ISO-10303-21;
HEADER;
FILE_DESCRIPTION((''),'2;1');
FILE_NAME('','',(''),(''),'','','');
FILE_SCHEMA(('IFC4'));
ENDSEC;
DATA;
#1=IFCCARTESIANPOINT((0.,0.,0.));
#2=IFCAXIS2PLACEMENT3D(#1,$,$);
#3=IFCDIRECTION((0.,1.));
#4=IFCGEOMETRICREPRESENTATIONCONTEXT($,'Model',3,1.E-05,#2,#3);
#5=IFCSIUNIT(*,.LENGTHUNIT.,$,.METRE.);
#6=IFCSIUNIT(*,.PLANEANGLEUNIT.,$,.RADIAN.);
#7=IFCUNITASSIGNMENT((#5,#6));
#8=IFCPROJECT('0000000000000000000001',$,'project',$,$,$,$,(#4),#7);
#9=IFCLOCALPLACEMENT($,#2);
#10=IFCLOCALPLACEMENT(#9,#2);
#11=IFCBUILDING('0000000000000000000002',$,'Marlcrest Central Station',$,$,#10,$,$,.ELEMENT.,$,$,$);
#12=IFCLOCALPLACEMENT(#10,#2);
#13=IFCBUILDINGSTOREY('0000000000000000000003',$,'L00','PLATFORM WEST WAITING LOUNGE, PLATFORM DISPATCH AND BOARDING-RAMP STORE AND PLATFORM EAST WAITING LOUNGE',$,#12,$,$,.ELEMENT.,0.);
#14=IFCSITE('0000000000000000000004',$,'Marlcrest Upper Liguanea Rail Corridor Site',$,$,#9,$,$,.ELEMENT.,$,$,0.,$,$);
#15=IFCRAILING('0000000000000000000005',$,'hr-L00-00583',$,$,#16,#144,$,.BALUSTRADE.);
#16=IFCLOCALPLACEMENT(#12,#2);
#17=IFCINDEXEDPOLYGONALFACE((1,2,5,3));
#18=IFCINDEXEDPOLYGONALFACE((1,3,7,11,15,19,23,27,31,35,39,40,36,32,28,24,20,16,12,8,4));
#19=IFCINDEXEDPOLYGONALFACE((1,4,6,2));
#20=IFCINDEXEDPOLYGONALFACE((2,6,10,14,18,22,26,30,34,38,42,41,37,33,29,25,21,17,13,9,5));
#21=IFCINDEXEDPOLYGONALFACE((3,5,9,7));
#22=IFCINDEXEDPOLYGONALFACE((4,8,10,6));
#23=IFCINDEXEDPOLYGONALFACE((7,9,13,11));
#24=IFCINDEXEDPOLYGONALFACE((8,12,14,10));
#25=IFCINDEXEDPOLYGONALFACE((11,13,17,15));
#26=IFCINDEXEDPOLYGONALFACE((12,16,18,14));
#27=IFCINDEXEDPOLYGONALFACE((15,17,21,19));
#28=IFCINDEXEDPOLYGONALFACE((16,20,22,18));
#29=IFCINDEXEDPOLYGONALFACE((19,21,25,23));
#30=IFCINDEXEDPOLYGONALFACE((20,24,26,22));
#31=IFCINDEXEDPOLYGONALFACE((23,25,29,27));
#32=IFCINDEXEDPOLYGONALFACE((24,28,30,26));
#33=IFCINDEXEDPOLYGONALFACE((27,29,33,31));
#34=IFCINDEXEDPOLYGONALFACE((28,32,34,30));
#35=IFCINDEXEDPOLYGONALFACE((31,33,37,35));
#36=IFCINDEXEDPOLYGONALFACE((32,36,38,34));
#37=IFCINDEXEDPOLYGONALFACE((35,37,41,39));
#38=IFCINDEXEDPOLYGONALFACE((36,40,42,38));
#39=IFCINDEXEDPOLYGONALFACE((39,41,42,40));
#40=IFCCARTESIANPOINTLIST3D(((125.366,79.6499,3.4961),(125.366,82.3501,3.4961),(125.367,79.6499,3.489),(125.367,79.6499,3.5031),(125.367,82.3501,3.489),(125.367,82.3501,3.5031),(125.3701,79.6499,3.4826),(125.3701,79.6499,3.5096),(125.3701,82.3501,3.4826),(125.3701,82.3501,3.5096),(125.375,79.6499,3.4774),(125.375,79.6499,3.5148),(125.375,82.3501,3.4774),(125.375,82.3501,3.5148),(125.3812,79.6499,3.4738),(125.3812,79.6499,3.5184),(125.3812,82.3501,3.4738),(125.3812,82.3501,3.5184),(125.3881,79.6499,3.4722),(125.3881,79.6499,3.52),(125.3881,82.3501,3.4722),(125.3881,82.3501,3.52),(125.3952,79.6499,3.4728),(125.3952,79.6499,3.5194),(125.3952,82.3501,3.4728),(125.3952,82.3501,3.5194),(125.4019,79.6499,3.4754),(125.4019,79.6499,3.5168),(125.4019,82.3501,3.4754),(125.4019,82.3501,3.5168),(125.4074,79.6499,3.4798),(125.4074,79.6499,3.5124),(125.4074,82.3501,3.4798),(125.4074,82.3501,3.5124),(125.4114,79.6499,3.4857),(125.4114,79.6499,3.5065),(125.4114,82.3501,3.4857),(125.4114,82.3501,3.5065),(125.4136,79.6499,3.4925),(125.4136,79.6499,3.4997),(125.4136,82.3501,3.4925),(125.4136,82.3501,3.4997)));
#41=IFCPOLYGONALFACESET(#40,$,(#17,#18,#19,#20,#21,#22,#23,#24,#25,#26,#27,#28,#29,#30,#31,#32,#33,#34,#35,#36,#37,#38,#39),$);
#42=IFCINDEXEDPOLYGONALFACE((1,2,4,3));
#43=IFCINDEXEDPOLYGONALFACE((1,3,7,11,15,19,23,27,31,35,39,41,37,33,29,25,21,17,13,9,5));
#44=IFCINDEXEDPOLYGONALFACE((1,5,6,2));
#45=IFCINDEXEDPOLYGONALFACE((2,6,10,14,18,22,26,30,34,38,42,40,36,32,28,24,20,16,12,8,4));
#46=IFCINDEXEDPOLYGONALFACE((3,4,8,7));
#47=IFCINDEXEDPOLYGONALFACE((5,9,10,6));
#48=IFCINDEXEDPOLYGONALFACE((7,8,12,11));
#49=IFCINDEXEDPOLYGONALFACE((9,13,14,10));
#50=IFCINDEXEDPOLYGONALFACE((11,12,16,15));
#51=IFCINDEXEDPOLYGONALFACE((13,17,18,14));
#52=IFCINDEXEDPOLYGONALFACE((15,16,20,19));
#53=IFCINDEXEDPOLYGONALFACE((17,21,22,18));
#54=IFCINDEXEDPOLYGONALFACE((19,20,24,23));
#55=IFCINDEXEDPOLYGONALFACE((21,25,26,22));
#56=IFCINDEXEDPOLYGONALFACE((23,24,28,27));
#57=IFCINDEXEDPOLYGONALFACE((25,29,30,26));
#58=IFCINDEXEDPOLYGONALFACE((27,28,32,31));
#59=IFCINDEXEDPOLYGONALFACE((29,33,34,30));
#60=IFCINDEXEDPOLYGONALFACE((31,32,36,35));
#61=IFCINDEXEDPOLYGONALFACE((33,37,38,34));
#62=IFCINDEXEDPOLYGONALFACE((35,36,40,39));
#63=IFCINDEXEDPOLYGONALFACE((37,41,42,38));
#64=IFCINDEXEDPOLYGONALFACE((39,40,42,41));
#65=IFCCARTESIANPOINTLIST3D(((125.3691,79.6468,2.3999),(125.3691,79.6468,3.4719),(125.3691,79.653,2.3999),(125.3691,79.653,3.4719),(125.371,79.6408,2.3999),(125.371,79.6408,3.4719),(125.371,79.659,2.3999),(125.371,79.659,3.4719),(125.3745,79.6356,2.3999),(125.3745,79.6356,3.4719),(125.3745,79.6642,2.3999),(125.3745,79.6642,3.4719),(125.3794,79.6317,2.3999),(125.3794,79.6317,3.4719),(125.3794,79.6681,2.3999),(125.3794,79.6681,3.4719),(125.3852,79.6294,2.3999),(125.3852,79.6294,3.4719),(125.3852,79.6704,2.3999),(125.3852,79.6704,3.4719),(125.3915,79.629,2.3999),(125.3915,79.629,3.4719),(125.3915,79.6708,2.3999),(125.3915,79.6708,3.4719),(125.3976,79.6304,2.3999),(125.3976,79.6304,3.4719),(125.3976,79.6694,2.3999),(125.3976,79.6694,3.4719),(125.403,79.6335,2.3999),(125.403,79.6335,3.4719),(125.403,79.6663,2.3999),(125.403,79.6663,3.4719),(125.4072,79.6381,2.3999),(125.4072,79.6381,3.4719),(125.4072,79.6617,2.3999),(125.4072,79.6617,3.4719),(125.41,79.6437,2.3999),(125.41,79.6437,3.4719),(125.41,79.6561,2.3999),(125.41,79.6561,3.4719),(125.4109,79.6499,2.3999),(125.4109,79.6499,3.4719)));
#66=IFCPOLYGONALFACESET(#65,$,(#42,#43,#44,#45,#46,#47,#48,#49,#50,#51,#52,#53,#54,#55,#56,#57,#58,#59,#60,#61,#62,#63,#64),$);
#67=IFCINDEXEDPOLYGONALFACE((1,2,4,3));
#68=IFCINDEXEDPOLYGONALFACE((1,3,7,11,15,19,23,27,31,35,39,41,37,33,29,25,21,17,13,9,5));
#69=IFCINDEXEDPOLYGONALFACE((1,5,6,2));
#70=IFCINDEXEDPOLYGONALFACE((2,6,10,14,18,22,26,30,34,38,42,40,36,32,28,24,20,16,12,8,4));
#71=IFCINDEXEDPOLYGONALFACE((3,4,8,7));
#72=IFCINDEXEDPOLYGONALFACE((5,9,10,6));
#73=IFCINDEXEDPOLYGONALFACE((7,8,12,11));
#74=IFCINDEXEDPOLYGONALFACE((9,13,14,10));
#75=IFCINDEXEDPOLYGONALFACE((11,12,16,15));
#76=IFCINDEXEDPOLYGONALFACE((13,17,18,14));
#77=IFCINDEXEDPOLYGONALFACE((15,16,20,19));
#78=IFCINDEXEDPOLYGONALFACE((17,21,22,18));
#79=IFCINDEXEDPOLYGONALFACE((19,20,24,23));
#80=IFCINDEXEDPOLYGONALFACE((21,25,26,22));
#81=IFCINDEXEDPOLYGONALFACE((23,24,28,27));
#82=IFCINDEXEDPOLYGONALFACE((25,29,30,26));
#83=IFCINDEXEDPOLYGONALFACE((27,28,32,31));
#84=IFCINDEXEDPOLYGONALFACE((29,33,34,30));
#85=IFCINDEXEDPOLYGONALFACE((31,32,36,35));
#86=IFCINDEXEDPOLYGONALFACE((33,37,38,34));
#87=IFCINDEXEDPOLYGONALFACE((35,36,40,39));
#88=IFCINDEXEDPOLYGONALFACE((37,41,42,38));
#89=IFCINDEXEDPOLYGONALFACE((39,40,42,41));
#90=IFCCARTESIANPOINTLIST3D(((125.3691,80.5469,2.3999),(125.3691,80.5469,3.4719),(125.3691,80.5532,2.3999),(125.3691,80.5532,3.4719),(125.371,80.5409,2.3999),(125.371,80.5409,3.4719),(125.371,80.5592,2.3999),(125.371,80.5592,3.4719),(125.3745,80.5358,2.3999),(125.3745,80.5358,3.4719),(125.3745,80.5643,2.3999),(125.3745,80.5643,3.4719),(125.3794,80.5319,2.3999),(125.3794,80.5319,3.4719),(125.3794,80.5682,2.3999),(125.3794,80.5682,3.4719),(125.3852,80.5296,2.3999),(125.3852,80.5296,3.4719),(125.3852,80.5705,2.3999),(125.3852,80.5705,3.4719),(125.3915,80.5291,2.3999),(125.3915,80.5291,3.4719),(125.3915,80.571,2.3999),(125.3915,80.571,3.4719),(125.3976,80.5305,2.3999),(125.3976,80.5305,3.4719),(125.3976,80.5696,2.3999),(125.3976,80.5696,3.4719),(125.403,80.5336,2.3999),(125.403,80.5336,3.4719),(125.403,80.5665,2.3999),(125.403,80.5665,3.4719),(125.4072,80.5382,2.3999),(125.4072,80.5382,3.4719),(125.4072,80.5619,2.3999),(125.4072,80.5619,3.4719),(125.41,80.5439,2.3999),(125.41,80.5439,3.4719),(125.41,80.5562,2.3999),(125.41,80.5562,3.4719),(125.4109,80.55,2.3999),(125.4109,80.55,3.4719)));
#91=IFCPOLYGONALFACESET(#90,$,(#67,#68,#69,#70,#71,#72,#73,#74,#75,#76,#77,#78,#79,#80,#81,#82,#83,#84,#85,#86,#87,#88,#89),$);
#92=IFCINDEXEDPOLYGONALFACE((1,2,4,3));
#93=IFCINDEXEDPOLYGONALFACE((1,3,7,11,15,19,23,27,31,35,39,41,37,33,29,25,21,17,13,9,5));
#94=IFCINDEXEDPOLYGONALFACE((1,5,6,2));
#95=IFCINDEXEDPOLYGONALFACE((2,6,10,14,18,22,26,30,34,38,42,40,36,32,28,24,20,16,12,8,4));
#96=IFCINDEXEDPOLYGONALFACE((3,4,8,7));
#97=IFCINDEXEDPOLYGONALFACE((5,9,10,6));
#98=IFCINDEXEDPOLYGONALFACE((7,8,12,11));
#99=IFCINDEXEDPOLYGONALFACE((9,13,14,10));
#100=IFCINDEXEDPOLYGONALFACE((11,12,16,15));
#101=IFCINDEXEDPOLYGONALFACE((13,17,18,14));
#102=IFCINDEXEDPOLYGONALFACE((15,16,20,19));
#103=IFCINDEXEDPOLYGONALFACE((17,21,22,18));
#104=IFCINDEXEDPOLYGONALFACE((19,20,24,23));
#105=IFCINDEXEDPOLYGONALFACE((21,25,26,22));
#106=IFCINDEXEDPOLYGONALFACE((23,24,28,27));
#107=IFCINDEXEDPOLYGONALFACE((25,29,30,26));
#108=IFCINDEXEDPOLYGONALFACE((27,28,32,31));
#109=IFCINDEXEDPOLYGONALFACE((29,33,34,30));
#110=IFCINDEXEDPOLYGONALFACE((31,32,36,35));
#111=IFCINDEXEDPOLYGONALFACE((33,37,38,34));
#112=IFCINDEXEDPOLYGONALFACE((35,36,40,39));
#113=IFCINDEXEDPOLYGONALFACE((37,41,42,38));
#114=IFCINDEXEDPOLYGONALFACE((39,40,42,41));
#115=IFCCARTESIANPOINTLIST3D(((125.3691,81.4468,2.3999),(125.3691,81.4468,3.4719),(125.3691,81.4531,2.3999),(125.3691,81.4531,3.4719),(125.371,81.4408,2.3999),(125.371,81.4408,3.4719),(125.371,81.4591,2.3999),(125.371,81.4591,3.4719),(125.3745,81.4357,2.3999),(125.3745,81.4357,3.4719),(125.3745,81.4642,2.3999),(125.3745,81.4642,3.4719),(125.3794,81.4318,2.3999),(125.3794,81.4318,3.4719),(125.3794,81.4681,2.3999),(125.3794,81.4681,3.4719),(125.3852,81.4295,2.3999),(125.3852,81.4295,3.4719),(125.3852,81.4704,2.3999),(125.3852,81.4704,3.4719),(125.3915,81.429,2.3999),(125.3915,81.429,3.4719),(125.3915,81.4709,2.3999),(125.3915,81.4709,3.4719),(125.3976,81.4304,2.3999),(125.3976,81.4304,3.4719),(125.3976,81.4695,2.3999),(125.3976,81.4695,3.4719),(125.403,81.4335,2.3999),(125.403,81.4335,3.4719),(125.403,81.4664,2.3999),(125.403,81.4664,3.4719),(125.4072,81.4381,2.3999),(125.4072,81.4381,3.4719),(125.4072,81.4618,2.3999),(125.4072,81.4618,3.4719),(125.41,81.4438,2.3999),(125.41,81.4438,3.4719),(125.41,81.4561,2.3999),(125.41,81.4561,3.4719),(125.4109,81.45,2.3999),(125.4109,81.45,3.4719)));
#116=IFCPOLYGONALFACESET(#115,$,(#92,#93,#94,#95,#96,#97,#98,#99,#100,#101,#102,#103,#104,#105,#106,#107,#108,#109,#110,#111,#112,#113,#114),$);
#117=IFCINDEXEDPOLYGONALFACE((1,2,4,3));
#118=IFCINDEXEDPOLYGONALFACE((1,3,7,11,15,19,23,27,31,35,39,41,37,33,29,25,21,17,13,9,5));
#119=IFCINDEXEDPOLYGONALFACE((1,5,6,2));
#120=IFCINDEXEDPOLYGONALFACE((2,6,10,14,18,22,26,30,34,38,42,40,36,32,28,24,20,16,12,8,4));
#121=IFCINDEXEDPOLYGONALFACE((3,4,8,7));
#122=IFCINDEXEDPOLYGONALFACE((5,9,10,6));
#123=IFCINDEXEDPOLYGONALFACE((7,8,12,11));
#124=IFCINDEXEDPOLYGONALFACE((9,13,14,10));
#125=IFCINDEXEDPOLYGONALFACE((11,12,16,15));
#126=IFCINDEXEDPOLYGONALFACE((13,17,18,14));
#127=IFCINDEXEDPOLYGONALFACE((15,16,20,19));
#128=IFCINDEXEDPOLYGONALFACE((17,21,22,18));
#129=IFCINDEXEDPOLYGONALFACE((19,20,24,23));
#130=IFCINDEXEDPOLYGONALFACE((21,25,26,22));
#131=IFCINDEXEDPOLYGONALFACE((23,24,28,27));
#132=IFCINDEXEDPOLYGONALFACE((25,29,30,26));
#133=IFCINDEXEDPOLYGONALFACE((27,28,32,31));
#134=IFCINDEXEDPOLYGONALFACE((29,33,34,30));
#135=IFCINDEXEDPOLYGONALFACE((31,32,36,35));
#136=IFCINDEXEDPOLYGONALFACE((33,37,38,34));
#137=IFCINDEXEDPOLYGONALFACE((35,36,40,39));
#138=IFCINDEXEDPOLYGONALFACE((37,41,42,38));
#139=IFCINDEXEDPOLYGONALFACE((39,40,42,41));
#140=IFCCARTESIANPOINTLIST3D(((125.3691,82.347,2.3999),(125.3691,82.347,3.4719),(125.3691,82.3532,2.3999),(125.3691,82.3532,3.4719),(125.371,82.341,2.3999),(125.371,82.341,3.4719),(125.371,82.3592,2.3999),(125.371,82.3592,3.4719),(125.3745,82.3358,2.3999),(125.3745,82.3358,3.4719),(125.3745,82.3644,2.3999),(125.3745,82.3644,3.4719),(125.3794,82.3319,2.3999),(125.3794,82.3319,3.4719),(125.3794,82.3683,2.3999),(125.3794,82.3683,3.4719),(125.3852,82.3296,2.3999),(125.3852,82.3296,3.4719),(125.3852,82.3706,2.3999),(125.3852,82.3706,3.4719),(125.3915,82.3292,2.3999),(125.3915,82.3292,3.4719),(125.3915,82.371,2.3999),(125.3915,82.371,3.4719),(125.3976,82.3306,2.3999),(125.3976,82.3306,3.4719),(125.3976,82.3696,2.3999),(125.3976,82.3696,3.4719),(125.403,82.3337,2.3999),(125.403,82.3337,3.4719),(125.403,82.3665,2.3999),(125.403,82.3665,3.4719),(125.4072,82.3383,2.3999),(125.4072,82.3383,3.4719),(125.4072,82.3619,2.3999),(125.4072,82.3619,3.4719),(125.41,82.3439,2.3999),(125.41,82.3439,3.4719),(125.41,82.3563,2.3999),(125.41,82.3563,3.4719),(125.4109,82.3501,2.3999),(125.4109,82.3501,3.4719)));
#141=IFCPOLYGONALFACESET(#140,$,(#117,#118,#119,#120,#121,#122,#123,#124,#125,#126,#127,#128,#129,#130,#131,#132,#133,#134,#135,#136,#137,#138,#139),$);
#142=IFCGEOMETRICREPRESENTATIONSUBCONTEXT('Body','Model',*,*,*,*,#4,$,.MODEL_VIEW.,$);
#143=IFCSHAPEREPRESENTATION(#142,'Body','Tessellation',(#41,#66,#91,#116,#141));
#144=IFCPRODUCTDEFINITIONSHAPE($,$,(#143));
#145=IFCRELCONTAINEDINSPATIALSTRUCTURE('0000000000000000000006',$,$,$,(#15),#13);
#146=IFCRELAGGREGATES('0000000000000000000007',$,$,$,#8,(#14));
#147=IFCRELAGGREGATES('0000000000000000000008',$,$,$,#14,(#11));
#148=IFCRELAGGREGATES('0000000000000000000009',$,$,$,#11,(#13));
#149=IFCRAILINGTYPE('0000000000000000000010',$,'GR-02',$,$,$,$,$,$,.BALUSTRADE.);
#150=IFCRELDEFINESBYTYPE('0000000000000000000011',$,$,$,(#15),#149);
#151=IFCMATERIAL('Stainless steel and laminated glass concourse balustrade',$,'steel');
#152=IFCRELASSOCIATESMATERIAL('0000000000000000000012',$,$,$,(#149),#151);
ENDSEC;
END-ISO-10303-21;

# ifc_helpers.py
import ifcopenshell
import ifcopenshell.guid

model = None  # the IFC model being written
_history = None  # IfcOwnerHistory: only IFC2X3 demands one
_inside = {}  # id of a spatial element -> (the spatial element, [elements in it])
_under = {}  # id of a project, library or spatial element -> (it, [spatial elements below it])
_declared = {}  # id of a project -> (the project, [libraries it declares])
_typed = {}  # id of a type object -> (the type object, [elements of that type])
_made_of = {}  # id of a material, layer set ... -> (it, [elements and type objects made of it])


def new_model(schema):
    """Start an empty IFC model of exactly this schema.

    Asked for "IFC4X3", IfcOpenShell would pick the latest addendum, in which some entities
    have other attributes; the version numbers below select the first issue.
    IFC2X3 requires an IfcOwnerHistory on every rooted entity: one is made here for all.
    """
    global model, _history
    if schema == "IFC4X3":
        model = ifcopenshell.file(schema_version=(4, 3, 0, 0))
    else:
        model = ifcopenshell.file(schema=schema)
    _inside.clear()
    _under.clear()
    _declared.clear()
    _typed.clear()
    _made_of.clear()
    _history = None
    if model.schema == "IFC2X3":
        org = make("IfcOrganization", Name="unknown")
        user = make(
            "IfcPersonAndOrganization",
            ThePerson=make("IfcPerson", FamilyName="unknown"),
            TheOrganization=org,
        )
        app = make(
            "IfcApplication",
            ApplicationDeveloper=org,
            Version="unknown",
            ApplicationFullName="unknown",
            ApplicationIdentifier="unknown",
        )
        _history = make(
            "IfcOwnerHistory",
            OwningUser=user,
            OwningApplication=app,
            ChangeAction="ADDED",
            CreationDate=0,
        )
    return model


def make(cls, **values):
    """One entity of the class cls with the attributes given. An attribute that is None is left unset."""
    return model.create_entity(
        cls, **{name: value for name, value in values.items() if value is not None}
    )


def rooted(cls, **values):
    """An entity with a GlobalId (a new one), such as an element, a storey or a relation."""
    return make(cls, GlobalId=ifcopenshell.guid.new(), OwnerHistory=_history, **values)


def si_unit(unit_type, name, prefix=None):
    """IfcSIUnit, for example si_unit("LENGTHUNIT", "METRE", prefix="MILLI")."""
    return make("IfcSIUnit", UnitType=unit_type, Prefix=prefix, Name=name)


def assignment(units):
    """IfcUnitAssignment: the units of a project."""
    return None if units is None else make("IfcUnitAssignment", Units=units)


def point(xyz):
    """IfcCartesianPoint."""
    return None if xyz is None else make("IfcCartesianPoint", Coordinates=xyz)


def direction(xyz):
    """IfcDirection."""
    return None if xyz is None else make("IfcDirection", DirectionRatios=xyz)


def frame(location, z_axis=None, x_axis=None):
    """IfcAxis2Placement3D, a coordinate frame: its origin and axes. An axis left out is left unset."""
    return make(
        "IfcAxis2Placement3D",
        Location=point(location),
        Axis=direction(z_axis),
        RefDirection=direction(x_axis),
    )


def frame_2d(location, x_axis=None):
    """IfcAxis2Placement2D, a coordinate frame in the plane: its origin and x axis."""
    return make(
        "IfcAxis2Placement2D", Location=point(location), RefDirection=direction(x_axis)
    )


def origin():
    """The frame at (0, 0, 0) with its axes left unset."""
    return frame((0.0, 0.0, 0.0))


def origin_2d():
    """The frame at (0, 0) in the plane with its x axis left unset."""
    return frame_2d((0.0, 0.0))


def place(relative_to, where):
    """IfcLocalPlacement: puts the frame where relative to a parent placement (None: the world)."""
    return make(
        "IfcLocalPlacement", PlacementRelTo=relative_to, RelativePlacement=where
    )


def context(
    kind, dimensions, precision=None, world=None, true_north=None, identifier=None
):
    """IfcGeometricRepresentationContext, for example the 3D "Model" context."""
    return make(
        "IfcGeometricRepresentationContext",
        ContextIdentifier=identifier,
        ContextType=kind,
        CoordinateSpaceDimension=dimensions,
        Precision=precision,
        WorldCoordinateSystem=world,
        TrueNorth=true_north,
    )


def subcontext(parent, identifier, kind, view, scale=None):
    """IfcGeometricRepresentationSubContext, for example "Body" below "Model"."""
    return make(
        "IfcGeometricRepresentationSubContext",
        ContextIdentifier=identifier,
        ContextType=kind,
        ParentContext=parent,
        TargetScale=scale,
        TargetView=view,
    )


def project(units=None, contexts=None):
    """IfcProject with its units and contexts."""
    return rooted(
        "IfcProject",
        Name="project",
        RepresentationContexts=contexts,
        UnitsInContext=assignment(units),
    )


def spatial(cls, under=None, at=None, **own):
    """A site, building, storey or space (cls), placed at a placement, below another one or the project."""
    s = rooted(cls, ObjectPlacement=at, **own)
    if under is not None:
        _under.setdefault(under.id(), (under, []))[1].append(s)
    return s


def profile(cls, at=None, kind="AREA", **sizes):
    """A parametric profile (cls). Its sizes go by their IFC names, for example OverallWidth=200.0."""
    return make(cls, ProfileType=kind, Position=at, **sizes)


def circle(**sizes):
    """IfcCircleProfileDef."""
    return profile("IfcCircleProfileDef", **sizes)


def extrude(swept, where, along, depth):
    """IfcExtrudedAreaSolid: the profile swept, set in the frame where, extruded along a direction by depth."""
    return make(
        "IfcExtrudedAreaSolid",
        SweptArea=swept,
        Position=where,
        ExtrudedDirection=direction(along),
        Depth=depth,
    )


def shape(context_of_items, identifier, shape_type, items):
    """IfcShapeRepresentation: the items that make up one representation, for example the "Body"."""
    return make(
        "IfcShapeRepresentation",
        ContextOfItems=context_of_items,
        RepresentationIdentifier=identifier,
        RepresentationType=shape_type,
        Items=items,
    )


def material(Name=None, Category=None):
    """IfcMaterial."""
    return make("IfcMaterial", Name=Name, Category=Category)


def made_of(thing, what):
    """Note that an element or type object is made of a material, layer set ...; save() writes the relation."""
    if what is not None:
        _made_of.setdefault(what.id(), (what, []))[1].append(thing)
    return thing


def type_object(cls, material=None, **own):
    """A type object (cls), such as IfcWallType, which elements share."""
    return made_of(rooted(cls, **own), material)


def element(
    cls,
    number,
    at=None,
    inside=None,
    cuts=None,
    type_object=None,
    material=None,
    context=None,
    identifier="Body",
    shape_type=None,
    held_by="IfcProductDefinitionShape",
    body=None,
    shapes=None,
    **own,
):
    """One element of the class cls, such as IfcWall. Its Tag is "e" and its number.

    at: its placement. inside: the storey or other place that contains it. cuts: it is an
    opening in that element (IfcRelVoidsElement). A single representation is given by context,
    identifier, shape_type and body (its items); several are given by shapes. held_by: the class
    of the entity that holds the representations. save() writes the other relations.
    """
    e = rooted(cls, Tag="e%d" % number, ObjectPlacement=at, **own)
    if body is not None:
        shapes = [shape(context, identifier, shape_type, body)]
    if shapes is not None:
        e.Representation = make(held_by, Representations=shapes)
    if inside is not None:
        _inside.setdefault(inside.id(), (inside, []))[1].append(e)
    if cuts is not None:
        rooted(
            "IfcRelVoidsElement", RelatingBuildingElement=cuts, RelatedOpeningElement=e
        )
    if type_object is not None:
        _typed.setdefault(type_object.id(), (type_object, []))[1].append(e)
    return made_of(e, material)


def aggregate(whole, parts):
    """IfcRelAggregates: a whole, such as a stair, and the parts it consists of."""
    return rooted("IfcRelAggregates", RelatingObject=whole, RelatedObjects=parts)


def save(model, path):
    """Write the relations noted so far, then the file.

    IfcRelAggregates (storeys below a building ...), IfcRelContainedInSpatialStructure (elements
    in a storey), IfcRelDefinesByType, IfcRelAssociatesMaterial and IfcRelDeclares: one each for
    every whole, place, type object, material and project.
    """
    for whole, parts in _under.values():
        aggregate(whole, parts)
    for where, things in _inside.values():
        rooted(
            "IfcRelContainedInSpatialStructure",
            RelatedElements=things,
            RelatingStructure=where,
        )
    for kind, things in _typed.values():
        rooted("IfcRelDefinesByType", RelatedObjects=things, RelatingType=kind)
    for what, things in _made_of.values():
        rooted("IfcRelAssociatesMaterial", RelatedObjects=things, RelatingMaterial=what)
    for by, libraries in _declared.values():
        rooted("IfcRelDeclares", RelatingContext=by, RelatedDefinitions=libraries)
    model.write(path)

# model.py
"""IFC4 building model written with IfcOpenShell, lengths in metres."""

from ifc_helpers import new_model, si_unit, direction, frame, origin, origin_2d, place, context, subcontext, project, spatial, circle, extrude, material, type_object, element, save


model = new_model("IFC4")

# Units and contexts
model_context = context("Model", 3, precision=1e-05, world=origin(), true_north=direction((0.0, 1.0)))
body_context = subcontext(model_context, "Body", "Model", "MODEL_VIEW")
ifc_project = project(units=[si_unit("LENGTHUNIT", "METRE"), si_unit("PLANEANGLEUNIT", "RADIAN")], contexts=[model_context])

# Site, building, storey
site_placement = place(None, origin())
site = spatial("IfcSite", under=ifc_project, at=site_placement, Name="Marlcrest Upper Liguanea Rail Corridor Site", CompositionType="ELEMENT", RefElevation=0.0)
building_placement = place(site_placement, origin())
building = spatial("IfcBuilding", under=site, at=building_placement, Name="Marlcrest Central Station", CompositionType="ELEMENT")
storey_placement = place(building_placement, origin())
storey = spatial("IfcBuildingStorey", under=building, at=storey_placement, Name="L00", Description="PLATFORM WEST WAITING LOUNGE, PLATFORM DISPATCH AND BOARDING-RAMP STORE AND PLATFORM EAST WAITING LOUNGE", CompositionType="ELEMENT", Elevation=0.0)

# Railing
ifc_material_1 = material(Name="Stainless steel and laminated glass concourse balustrade", Category="steel")
railing_type_1 = type_object("IfcRailingType", Name="GR-02", PredefinedType="BALUSTRADE", material=ifc_material_1)
railing_1_placement = place(storey_placement, frame((125.3899, 79.6499, 2.3999)))
element("IfcRailing", 1, at=railing_1_placement, inside=storey, type_object=railing_type_1, Name="hr-L00-00583", PredefinedType="BALUSTRADE", context=body_context, shape_type="SweptSolid", body=[
    extrude(circle(Radius=0.0239, at=origin_2d()), frame((0.0, 0.0, 1.0962), z_axis=(0.0, 1.0, 0.0), x_axis=(-1.0, 0.0, 0.0)), (0.0, 0.0, 1.0), 2.7002),
    extrude(circle(Radius=0.021, at=origin_2d()), origin(), (0.0, 0.0, 1.0), 1.072),
    extrude(circle(Radius=0.021, at=origin_2d()), frame((0.0, 0.9001, 0.0)), (0.0, 0.0, 1.0), 1.072),
    extrude(circle(Radius=0.021, at=origin_2d()), frame((0.0, 1.8, 0.0)), (0.0, 0.0, 1.0), 1.072),
    extrude(circle(Radius=0.021, at=origin_2d()), frame((0.0, 2.7002, 0.0)), (0.0, 0.0, 1.0), 1.072),
])

save(model, "model.ifc")
